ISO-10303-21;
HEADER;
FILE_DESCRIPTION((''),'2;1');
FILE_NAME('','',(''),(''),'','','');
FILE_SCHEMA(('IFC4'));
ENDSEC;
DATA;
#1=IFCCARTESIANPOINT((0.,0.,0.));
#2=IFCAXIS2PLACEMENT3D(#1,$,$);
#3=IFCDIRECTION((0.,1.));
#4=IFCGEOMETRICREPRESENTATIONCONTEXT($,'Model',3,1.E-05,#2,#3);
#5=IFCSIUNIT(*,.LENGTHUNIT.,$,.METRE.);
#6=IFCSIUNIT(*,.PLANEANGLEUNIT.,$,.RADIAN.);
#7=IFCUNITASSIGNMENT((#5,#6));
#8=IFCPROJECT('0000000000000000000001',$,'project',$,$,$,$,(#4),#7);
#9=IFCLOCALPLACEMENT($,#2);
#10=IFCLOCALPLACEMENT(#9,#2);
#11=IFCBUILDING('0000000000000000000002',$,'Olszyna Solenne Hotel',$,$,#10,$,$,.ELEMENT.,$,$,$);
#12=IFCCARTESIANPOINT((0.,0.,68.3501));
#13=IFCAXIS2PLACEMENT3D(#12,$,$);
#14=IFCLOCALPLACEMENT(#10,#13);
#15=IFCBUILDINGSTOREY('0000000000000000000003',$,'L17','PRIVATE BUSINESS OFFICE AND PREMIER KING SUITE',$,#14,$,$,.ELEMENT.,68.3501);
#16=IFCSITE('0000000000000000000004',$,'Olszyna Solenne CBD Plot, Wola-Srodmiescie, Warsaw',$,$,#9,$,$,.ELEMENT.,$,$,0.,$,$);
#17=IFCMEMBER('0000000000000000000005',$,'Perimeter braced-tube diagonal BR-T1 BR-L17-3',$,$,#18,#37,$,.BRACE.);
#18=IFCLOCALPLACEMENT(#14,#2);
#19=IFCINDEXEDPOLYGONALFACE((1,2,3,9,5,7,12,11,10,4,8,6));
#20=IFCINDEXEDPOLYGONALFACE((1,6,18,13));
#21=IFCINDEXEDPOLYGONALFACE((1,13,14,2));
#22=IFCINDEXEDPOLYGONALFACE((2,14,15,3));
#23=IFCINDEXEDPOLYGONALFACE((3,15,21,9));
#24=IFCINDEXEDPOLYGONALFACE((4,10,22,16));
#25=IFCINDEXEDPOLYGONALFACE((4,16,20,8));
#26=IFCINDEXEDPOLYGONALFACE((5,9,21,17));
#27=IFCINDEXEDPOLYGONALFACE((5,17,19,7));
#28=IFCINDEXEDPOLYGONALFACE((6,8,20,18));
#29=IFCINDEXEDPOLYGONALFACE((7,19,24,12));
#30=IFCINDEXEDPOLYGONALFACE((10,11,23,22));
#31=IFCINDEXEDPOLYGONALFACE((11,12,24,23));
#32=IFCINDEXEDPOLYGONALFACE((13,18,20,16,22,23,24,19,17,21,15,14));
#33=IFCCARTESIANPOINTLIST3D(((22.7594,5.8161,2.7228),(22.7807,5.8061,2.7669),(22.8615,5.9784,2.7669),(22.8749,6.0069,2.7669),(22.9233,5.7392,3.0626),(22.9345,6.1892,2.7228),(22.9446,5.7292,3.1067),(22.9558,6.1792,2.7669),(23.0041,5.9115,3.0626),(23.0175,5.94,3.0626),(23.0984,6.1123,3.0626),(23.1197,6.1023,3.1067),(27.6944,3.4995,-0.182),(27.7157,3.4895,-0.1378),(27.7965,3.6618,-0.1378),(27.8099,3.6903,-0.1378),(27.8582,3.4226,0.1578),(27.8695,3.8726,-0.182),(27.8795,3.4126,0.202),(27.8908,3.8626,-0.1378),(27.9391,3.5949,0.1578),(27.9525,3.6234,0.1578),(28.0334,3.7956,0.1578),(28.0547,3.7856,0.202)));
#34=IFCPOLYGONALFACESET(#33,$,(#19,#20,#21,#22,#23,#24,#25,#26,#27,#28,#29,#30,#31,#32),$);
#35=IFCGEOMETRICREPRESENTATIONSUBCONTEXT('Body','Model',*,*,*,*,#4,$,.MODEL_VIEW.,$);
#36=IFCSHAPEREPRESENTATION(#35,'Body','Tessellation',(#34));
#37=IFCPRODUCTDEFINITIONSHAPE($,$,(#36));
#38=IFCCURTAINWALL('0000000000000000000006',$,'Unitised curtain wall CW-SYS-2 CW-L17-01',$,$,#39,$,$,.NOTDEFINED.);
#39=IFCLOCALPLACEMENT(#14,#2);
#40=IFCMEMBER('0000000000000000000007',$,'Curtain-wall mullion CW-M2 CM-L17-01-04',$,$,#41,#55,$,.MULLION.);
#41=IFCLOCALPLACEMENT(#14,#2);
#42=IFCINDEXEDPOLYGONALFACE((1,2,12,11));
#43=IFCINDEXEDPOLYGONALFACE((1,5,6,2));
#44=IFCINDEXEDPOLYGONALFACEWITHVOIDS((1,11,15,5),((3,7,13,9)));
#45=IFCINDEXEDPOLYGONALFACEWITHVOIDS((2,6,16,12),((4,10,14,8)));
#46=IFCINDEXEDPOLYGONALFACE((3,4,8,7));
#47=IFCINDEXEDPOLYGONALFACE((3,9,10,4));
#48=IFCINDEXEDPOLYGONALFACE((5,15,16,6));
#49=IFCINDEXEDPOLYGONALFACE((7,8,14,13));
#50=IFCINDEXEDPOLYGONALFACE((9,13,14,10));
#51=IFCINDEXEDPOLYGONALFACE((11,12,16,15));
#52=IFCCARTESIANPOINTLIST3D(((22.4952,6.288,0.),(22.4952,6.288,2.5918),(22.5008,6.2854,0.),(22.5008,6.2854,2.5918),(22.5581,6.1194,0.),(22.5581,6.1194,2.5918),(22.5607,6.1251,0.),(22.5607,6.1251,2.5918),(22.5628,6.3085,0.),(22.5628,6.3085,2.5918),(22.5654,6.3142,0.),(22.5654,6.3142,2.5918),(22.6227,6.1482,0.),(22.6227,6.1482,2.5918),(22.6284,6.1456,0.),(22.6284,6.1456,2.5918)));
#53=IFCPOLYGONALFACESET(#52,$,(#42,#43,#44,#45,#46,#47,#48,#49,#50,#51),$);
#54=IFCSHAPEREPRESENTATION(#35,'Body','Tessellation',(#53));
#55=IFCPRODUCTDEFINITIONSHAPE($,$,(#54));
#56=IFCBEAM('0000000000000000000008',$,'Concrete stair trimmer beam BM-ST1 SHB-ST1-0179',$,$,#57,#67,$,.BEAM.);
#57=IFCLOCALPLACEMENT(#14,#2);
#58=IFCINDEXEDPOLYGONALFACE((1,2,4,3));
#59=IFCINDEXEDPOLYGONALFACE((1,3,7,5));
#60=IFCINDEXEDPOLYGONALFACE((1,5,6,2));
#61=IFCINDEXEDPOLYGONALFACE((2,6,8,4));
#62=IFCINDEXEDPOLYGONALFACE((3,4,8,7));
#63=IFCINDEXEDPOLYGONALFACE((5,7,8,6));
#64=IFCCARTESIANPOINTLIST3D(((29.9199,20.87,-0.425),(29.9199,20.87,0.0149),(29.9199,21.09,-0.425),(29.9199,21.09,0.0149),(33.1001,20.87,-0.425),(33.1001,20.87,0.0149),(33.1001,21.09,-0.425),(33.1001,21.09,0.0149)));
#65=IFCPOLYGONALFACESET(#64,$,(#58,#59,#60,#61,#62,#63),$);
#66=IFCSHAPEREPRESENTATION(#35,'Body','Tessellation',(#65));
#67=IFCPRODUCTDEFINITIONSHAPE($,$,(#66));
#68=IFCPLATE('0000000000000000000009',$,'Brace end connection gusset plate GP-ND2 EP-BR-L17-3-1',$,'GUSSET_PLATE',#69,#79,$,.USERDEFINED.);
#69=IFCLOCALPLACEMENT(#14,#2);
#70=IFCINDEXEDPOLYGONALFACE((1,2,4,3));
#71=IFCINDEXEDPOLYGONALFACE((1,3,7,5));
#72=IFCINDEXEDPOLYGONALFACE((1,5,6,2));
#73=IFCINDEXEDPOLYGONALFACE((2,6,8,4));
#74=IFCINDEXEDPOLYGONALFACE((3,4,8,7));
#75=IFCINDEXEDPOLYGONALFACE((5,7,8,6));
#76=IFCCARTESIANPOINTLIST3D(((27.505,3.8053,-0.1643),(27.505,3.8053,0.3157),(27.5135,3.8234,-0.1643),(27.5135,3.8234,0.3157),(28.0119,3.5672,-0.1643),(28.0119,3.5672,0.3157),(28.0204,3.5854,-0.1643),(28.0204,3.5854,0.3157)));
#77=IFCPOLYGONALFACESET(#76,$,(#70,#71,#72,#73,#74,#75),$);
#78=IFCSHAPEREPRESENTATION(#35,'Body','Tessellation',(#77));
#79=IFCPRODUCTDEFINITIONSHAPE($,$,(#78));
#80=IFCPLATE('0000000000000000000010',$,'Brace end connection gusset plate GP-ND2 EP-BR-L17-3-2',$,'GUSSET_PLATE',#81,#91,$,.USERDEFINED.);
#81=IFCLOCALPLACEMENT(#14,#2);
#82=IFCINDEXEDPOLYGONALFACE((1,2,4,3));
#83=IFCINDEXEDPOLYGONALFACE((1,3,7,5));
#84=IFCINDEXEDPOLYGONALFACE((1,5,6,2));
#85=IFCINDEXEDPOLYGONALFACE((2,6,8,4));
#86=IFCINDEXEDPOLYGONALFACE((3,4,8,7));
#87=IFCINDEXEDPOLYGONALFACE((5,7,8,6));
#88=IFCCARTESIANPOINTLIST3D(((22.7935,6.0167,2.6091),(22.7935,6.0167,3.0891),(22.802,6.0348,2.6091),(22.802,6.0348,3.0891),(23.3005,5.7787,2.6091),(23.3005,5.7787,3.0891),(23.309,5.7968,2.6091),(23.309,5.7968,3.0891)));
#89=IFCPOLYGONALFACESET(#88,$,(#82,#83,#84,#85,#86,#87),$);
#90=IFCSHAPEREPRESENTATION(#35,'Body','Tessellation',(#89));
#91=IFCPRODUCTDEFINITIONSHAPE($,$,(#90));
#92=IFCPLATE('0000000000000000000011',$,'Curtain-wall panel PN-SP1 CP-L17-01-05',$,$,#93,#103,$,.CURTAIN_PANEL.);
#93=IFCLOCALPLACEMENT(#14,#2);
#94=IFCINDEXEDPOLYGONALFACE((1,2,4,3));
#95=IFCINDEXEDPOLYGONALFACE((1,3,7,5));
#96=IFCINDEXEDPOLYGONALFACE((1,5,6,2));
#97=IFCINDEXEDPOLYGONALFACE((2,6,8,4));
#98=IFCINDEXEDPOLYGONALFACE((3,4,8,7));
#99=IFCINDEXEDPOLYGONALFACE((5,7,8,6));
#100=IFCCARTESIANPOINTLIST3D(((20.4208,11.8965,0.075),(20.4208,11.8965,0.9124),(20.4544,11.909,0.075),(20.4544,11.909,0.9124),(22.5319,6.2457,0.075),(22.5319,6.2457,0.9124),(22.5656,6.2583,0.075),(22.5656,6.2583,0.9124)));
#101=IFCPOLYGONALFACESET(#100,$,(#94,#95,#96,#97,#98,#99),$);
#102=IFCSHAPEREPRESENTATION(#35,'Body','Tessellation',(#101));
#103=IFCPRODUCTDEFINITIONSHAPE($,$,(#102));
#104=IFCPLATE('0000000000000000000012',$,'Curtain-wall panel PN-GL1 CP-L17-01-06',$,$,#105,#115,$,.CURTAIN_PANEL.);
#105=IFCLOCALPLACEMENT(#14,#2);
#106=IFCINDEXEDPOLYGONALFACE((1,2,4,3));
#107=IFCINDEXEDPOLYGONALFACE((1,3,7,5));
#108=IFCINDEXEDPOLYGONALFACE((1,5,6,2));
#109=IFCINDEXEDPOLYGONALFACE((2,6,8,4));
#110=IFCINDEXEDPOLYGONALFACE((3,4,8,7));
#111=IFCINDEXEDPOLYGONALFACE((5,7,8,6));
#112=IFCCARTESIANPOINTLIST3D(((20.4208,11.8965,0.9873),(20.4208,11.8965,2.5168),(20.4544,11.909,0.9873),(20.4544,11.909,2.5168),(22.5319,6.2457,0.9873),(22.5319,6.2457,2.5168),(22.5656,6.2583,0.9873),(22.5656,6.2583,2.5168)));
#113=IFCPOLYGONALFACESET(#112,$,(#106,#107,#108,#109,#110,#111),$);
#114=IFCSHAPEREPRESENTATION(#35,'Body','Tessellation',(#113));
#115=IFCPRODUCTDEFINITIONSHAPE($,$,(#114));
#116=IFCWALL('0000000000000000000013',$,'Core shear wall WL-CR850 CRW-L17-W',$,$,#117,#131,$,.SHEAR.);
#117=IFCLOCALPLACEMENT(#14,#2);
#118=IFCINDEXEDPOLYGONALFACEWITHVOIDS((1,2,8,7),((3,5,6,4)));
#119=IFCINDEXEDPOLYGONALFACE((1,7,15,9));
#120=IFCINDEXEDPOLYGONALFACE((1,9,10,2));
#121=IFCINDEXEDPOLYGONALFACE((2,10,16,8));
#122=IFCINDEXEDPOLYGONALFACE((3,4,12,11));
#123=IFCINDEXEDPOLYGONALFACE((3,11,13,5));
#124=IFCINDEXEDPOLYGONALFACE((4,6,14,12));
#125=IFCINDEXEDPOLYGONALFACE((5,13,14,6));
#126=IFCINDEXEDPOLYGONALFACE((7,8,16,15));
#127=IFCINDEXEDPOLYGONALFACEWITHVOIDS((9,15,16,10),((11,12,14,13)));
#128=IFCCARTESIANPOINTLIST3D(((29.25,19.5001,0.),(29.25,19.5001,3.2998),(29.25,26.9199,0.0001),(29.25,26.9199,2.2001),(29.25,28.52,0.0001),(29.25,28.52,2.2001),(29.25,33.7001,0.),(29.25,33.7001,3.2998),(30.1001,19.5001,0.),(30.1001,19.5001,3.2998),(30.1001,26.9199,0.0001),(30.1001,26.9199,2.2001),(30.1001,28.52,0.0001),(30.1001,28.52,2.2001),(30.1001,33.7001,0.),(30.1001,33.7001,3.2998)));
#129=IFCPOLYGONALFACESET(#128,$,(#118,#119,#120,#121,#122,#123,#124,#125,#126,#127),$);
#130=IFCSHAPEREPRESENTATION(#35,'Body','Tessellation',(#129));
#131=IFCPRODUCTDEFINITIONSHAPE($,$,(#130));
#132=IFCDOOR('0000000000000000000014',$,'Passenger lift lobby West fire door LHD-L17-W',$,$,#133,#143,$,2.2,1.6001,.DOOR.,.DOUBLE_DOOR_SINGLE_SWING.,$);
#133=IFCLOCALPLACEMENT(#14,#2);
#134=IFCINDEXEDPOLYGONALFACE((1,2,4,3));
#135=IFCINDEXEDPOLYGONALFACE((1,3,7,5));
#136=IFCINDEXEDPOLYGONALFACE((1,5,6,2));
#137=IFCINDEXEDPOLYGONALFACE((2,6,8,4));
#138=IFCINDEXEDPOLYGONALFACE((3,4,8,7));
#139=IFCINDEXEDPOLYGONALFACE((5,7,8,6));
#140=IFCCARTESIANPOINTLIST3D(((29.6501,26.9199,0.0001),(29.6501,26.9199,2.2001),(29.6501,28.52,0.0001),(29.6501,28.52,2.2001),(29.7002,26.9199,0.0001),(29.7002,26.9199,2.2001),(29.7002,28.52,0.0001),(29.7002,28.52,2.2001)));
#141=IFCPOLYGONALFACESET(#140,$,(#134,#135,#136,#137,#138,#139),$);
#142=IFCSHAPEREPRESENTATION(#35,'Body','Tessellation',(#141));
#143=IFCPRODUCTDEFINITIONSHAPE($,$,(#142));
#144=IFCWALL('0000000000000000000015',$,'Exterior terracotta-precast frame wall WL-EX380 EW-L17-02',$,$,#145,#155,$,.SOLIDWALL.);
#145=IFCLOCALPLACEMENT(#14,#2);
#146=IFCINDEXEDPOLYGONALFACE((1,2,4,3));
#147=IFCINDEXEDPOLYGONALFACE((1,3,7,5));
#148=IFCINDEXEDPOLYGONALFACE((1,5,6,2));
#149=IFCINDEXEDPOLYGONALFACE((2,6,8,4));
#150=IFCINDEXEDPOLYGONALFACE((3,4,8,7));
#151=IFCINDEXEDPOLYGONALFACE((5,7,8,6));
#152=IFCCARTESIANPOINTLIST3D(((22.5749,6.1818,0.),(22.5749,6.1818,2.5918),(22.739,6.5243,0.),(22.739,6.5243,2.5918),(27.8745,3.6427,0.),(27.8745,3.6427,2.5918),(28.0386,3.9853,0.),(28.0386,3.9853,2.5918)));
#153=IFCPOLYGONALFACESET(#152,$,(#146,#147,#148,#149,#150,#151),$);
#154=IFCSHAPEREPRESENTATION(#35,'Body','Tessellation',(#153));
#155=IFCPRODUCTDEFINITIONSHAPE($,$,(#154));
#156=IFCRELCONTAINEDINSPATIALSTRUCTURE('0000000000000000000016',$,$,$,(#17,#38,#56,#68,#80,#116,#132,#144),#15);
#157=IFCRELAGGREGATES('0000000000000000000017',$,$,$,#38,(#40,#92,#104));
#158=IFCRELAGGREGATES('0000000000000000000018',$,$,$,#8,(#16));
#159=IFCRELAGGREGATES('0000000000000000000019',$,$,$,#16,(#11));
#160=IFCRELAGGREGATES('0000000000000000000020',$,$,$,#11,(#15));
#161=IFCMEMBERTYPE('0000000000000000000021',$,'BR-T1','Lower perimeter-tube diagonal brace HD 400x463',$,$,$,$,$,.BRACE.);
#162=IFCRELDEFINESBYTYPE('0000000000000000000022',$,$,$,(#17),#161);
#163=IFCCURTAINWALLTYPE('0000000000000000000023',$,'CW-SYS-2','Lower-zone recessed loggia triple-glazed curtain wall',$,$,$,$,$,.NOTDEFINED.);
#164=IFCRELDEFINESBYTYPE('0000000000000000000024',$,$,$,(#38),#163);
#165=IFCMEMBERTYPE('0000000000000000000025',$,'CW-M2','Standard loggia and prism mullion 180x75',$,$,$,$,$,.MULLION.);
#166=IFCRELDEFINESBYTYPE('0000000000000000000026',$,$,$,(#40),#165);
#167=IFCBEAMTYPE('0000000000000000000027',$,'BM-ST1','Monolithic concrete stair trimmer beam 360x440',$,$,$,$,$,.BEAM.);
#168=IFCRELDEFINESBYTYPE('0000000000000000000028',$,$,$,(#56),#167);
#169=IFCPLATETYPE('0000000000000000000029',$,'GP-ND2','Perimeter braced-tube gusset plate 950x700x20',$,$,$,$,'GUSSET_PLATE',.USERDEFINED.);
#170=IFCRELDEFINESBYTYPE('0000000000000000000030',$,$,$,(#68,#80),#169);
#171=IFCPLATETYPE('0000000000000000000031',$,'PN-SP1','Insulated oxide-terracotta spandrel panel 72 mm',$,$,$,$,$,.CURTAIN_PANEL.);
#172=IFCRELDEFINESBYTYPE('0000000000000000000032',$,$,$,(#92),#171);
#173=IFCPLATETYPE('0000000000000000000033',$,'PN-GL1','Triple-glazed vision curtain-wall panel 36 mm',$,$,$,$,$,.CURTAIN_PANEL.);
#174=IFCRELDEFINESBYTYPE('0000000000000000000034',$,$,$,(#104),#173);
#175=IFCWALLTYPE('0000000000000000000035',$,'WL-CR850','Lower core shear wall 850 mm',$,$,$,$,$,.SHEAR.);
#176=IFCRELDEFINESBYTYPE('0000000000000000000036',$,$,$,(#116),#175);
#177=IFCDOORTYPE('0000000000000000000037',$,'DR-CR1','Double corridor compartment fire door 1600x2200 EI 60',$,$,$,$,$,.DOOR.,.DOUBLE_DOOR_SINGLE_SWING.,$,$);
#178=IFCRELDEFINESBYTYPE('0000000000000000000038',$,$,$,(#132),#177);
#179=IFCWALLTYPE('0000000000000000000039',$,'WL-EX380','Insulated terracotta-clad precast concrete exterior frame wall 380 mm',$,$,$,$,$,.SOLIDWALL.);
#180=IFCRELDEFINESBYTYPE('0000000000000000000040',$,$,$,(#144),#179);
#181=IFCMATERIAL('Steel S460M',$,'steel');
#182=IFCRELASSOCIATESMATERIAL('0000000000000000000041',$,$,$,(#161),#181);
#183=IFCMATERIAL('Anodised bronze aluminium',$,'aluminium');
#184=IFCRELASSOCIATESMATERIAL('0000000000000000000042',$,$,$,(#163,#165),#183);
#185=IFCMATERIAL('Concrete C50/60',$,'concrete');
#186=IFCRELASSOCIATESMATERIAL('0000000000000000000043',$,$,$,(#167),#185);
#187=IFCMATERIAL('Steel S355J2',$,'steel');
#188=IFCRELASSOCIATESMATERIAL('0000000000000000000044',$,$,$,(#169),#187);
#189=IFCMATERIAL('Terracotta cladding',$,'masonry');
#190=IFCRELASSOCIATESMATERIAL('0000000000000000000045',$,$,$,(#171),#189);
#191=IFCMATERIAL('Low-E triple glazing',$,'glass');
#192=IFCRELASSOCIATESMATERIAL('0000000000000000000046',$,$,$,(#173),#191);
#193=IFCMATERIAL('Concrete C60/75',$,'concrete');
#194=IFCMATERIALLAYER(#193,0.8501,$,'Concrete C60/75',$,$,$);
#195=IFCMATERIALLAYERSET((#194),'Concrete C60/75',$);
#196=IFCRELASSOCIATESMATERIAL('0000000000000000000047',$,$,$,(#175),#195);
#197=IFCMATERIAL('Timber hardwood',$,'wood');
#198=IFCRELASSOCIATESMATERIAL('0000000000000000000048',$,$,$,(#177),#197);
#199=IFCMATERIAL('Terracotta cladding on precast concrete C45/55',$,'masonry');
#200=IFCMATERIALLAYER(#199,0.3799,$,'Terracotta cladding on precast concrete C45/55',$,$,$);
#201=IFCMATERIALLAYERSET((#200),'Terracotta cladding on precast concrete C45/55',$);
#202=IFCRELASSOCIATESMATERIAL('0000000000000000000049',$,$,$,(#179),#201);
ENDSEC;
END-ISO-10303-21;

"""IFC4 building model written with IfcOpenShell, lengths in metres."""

from ifc_helpers import new_model, si_unit, direction, frame, frame_2d, origin, origin_2d, place, context, subcontext, project, spatial, rectangle, hollow_rectangle, i_section, extrude, source, transform, mapped, material, layer, layer_set, material_profile, profile_set, type_object, type_shapes, element, fill, aggregate, save


model = new_model("IFC4")

# Units and contexts
model_context = context("Model", 3, precision=1e-05, world=origin(), true_north=direction((0.0, 1.0)))
body_context = subcontext(model_context, "Body", "Model", "MODEL_VIEW")
ifc_project = project(units=[si_unit("LENGTHUNIT", "METRE"), si_unit("PLANEANGLEUNIT", "RADIAN")], contexts=[model_context])

# Site, building, storey
site_placement = place(None, origin())
site = spatial("IfcSite", under=ifc_project, at=site_placement, Name="Olszyna Solenne CBD Plot, Wola-Srodmiescie, Warsaw", CompositionType="ELEMENT", RefElevation=0.0)
building_placement = place(site_placement, origin())
building = spatial("IfcBuilding", under=site, at=building_placement, Name="Olszyna Solenne Hotel", CompositionType="ELEMENT")
storey_placement = place(building_placement, frame((0.0, 0.0, 68.3501)))
storey = spatial("IfcBuildingStorey", under=building, at=storey_placement, Name="L17", Description="PRIVATE BUSINESS OFFICE AND PREMIER KING SUITE", CompositionType="ELEMENT", Elevation=68.3501)

# Shared definitions
ifc_material_1 = material(Name="Steel S460M", Category="steel")

# Shared definitions
ifc_material_2 = material(Name="Steel S355J2", Category="steel")

# Member
ifc_material_profile_1 = material_profile(ifc_material_1, i_section(OverallWidth=0.4121, OverallDepth=0.4351, WebThickness=0.0315, FlangeThickness=0.05, at=origin_2d()), Name="HD 400x463", Category="load-bearing")
ifc_profile_set_1 = profile_set([ifc_material_profile_1], Name="Steel S460M")
member_type_1 = type_object("IfcMemberType", Name="BR-T1", Description="Lower perimeter-tube diagonal brace HD 400x463", PredefinedType="BRACE", material=ifc_profile_set_1)
shared_shape_1 = source(origin(), body_context, "Body", "SweptSolid", [
    extrude(i_section(OverallWidth=0.4121, OverallDepth=0.4351, WebThickness=0.0315, FlangeThickness=0.05, at=origin_2d()), origin(), (0.0, 0.0, 1.0), 6.1772),
])
member_1_placement = place(storey_placement, frame((27.8745, 3.6426, 0.01), z_axis=(-0.798898, 0.375024, 0.470233), x_axis=(-0.424936, -0.905223, 0.0)))
element("IfcMember", 1, at=member_1_placement, inside=storey, type_object=member_type_1, Name="Perimeter braced-tube diagonal BR-T1 BR-L17-3", PredefinedType="BRACE", context=body_context, shape_type="MappedRepresentation", body=[
    mapped(shared_shape_1, transform((0.0, 0.0, 0.0), x_axis=(1.0, 0.0, 0.0), y_axis=(0.0, 1.0, 0.0), z_axis=(0.0, 0.0, 1.0), scale=1.0)),
])

# Curtain wall, member
ifc_material_3 = material(Name="Anodised bronze aluminium", Category="aluminium")
curtain_wall_type = type_object("IfcCurtainWallType", Name="CW-SYS-2", Description="Lower-zone recessed loggia triple-glazed curtain wall", PredefinedType="NOTDEFINED", material=ifc_material_3)
curtain_wall_placement = place(storey_placement, origin())
curtain_wall = element("IfcCurtainWall", 2, at=curtain_wall_placement, inside=storey, type_object=curtain_wall_type, Name="Unitised curtain wall CW-SYS-2 CW-L17-01", PredefinedType="NOTDEFINED")
ifc_material_profile_2 = material_profile(ifc_material_3, hollow_rectangle(XDim=0.075, YDim=0.1799, WallThickness=0.0044, at=origin_2d()), Name="MULL 180x75x4.5", Category="load-bearing")
ifc_profile_set_2 = profile_set([ifc_material_profile_2], Name="Anodised bronze aluminium")
member_type_2 = type_object("IfcMemberType", Name="CW-M2", Description="Standard loggia and prism mullion 180x75", PredefinedType="MULLION", material=ifc_profile_set_2)
shared_shape_2 = source(origin(), body_context, "Body", "SweptSolid", [
    extrude(hollow_rectangle(XDim=0.075, YDim=0.1799, WallThickness=0.0044, at=origin_2d()), origin(), (0.0, 0.0, 1.0), 2.5918),
])
member_2_placement = place(storey_placement, frame((22.5618, 6.2168, 0.0), z_axis=(0.0, 0.0, 1.0), x_axis=(0.936756, 0.349982, 0.0)))
member_2 = element("IfcMember", 3, at=member_2_placement, type_object=member_type_2, Name="Curtain-wall mullion CW-M2 CM-L17-01-04", PredefinedType="MULLION", context=body_context, shape_type="MappedRepresentation", body=[
    mapped(shared_shape_2, transform((0.0, 0.0, 0.0), x_axis=(1.0, 0.0, 0.0), y_axis=(0.0, 1.0, 0.0), z_axis=(0.0, 0.0, 1.0), scale=1.0)),
])

# Beam
ifc_material_4 = material(Name="Concrete C50/60", Category="concrete")
ifc_material_profile_3 = material_profile(ifc_material_4, rectangle(XDim=0.22, YDim=0.4399, at=origin_2d()), Name="RC 220x440", Category="load-bearing")
ifc_profile_set_3 = profile_set([ifc_material_profile_3], Name="Concrete C50/60")
beam_type_1 = type_object("IfcBeamType", Name="BM-ST1", Description="Monolithic concrete stair trimmer beam 360x440", PredefinedType="BEAM", material=ifc_profile_set_3)
shared_shape_3 = source(origin(), body_context, "Body", "SweptSolid", [
    extrude(rectangle(XDim=0.22, YDim=0.4399, at=origin_2d()), origin(), (0.0, 0.0, 1.0), 3.1802),
])
beam_1_placement = place(storey_placement, frame((33.1001, 20.98, -0.2051), z_axis=(-1.0, 0.0, 0.0), x_axis=(0.0, -1.0, 0.0)))
element("IfcBeam", 4, at=beam_1_placement, inside=storey, type_object=beam_type_1, Name="Concrete stair trimmer beam BM-ST1 SHB-ST1-0179", PredefinedType="BEAM", context=body_context, shape_type="MappedRepresentation", body=[
    mapped(shared_shape_3, transform((0.0, 0.0, 0.0), x_axis=(1.0, 0.0, 0.0), y_axis=(0.0, 1.0, 0.0), z_axis=(0.0, 0.0, 1.0), scale=1.0)),
])

# Plates
plate_type_1 = type_object("IfcPlateType", Name="GP-ND2", Description="Perimeter braced-tube gusset plate 950x700x20", ElementType="GUSSET_PLATE", PredefinedType="USERDEFINED", material=ifc_material_2)
shared_shape_4 = source(origin(), body_context, "Body", "SweptSolid", [
    extrude(rectangle(XDim=0.5601, YDim=0.02, at=origin_2d()), origin(), (0.0, 0.0, 1.0), 0.48),
])
for number, where, z_axis, x_axis, name in (
    (5, (27.7627, 3.6953, -0.1643), (0.0, 0.0, 1.0), (-0.905198, 0.42499, 0.0), "Brace end connection gusset plate GP-ND2 EP-BR-L17-3-1"),
    (6, (23.0513, 5.9067, 2.6091), (0.0, 0.0, 1.0), (-0.905198, 0.42499, 0.0), "Brace end connection gusset plate GP-ND2 EP-BR-L17-3-2"),
):
    element("IfcPlate", number, at=place(storey_placement, frame(where, z_axis=z_axis, x_axis=x_axis)), inside=storey, type_object=plate_type_1, Name=name, ObjectType="GUSSET_PLATE", PredefinedType="USERDEFINED", context=body_context, shape_type="MappedRepresentation", body=[
        mapped(shared_shape_4, transform((0.0, 0.0, 0.0), x_axis=(1.0, 0.0, 0.0), y_axis=(0.0, 1.0, 0.0), z_axis=(0.0, 0.0, 1.0), scale=1.0)),
    ])

# Plates
ifc_material_5 = material(Name="Terracotta cladding", Category="masonry")
plate_type_2 = type_object("IfcPlateType", Name="PN-SP1", Description="Insulated oxide-terracotta spandrel panel 72 mm", PredefinedType="CURTAIN_PANEL", material=ifc_material_5)
shared_shape_5 = source(origin(), body_context, "Body", "SweptSolid", [
    extrude(rectangle(XDim=6.0322, YDim=0.0359, at=origin_2d()), origin(), (0.0, 0.0, 1.0), 0.8374),
])
plate_1_placement = place(storey_placement, frame((21.4932, 9.0774, 0.075), z_axis=(0.0, 0.0, 1.0), x_axis=(0.349982, -0.936756, 0.0)))
plate_1 = element("IfcPlate", 7, at=plate_1_placement, type_object=plate_type_2, Name="Curtain-wall panel PN-SP1 CP-L17-01-05", PredefinedType="CURTAIN_PANEL", context=body_context, shape_type="MappedRepresentation", body=[
    mapped(shared_shape_5, transform((0.0, 0.0, 0.0), x_axis=(1.0, 0.0, 0.0), y_axis=(0.0, 1.0, 0.0), z_axis=(0.0, 0.0, 1.0), scale=1.0)),
])
ifc_material_6 = material(Name="Low-E triple glazing", Category="glass")
plate_type_3 = type_object("IfcPlateType", Name="PN-GL1", Description="Triple-glazed vision curtain-wall panel 36 mm", PredefinedType="CURTAIN_PANEL", material=ifc_material_6)
shared_shape_6 = source(origin(), body_context, "Body", "SweptSolid", [
    extrude(rectangle(XDim=6.0322, YDim=0.0359, at=origin_2d()), origin(), (0.0, 0.0, 1.0), 1.5295),
])
plate_2_placement = place(storey_placement, frame((21.4932, 9.0774, 0.9873), z_axis=(0.0, 0.0, 1.0), x_axis=(0.349982, -0.936756, 0.0)))
plate_2 = element("IfcPlate", 8, at=plate_2_placement, type_object=plate_type_3, Name="Curtain-wall panel PN-GL1 CP-L17-01-06", PredefinedType="CURTAIN_PANEL", context=body_context, shape_type="MappedRepresentation", body=[
    mapped(shared_shape_6, transform((0.0, 0.0, 0.0), x_axis=(1.0, 0.0, 0.0), y_axis=(0.0, 1.0, 0.0), z_axis=(0.0, 0.0, 1.0), scale=1.0)),
])
aggregate(curtain_wall, [member_2, plate_1, plate_2])

# Wall, opening, door
ifc_material_7 = material(Name="Concrete C60/75", Category="concrete")
ifc_layer_1 = layer(ifc_material_7, 0.8501, Name="Concrete C60/75")
ifc_layer_set_1 = layer_set([ifc_layer_1], Name="Concrete C60/75")
wall_type_1 = type_object("IfcWallType", Name="WL-CR850", Description="Lower core shear wall 850 mm", PredefinedType="SHEAR", material=ifc_layer_set_1)
wall_1_placement = place(storey_placement, frame((29.675, 19.5, 0.0), z_axis=(0.0, 0.0, 1.0), x_axis=(0.0, 1.0, 0.0)))
wall_1 = element("IfcWall", 9, at=wall_1_placement, inside=storey, type_object=wall_type_1, Name="Core shear wall WL-CR850 CRW-L17-W", PredefinedType="SHEAR", context=body_context, shape_type="SweptSolid", body=[
    extrude(rectangle(XDim=14.2, YDim=0.8501, at=frame_2d((7.1001, 0.0))), origin(), (0.0, 0.0, 1.0), 3.2998),
])
opening_1_placement = place(wall_1_placement, frame((7.4199, 0.0, 0.0)))
opening_1 = element("IfcOpeningElement", 10, at=opening_1_placement, cuts=wall_1, PredefinedType="OPENING", context=body_context, shape_type="SweptSolid", body=[
    extrude(rectangle(XDim=1.6001, YDim=2.2, at=frame_2d((0.8, 1.1001))), frame((0.0, 0.4351, 0.0), z_axis=(0.0, -1.0, 0.0), x_axis=(1.0, 0.0, 0.0)), (0.0, 0.0, 1.0), 0.8701),
])
ifc_material_8 = material(Name="Timber hardwood", Category="wood")
door_type_1 = type_object("IfcDoorType", Name="DR-CR1", Description="Double corridor compartment fire door 1600x2200 EI 60", OperationType="DOUBLE_DOOR_SINGLE_SWING", PredefinedType="DOOR", material=ifc_material_8)
shared_shape_7 = source(origin(), body_context, "Body", "SweptSolid", [
    extrude(rectangle(XDim=1.6001, YDim=2.2, at=frame_2d((0.8, 1.1001))), frame((0.0, 0.0249, 0.0), z_axis=(0.0, -1.0, 0.0), x_axis=(1.0, 0.0, 0.0)), (0.0, 0.0, 1.0), 0.05),
])
type_shapes(door_type_1, [shared_shape_7])
door_1_placement = place(opening_1_placement, origin())
door_1 = element("IfcDoor", 11, at=door_1_placement, inside=storey, type_object=door_type_1, Name="Passenger lift lobby West fire door LHD-L17-W", OperationType="DOUBLE_DOOR_SINGLE_SWING", OverallHeight=2.2, OverallWidth=1.6001, PredefinedType="DOOR", context=body_context, shape_type="MappedRepresentation", body=[
    mapped(shared_shape_7, transform((0.0, 0.0, 0.0), x_axis=(1.0, 0.0, 0.0), y_axis=(0.0, 1.0, 0.0), z_axis=(0.0, 0.0, 1.0), scale=1.0)),
])
fill(opening_1, door_1)

# Wall
ifc_material_9 = material(Name="Terracotta cladding on precast concrete C45/55", Category="masonry")
ifc_layer_2 = layer(ifc_material_9, 0.3799, Name="Terracotta cladding on precast concrete C45/55")
ifc_layer_set_2 = layer_set([ifc_layer_2], Name="Terracotta cladding on precast concrete C45/55")
wall_type_2 = type_object("IfcWallType", Name="WL-EX380", Description="Insulated terracotta-clad precast concrete exterior frame wall 380 mm", PredefinedType="SOLIDWALL", material=ifc_layer_set_2)
wall_2_placement = place(storey_placement, frame((27.9565, 3.814, 0.0), z_axis=(0.0, 0.0, 1.0), x_axis=(-0.901837, 0.432077, 0.0)))
element("IfcWall", 12, at=wall_2_placement, inside=storey, type_object=wall_type_2, Name="Exterior terracotta-precast frame wall WL-EX380 EW-L17-02", PredefinedType="SOLIDWALL", context=body_context, shape_type="SweptSolid", body=[
    extrude(rectangle(XDim=5.8765, YDim=0.3799, at=frame_2d((2.9382, 0.0))), origin(), (0.0, 0.0, 1.0), 2.5918),
])

save(model, "model.ifc")
